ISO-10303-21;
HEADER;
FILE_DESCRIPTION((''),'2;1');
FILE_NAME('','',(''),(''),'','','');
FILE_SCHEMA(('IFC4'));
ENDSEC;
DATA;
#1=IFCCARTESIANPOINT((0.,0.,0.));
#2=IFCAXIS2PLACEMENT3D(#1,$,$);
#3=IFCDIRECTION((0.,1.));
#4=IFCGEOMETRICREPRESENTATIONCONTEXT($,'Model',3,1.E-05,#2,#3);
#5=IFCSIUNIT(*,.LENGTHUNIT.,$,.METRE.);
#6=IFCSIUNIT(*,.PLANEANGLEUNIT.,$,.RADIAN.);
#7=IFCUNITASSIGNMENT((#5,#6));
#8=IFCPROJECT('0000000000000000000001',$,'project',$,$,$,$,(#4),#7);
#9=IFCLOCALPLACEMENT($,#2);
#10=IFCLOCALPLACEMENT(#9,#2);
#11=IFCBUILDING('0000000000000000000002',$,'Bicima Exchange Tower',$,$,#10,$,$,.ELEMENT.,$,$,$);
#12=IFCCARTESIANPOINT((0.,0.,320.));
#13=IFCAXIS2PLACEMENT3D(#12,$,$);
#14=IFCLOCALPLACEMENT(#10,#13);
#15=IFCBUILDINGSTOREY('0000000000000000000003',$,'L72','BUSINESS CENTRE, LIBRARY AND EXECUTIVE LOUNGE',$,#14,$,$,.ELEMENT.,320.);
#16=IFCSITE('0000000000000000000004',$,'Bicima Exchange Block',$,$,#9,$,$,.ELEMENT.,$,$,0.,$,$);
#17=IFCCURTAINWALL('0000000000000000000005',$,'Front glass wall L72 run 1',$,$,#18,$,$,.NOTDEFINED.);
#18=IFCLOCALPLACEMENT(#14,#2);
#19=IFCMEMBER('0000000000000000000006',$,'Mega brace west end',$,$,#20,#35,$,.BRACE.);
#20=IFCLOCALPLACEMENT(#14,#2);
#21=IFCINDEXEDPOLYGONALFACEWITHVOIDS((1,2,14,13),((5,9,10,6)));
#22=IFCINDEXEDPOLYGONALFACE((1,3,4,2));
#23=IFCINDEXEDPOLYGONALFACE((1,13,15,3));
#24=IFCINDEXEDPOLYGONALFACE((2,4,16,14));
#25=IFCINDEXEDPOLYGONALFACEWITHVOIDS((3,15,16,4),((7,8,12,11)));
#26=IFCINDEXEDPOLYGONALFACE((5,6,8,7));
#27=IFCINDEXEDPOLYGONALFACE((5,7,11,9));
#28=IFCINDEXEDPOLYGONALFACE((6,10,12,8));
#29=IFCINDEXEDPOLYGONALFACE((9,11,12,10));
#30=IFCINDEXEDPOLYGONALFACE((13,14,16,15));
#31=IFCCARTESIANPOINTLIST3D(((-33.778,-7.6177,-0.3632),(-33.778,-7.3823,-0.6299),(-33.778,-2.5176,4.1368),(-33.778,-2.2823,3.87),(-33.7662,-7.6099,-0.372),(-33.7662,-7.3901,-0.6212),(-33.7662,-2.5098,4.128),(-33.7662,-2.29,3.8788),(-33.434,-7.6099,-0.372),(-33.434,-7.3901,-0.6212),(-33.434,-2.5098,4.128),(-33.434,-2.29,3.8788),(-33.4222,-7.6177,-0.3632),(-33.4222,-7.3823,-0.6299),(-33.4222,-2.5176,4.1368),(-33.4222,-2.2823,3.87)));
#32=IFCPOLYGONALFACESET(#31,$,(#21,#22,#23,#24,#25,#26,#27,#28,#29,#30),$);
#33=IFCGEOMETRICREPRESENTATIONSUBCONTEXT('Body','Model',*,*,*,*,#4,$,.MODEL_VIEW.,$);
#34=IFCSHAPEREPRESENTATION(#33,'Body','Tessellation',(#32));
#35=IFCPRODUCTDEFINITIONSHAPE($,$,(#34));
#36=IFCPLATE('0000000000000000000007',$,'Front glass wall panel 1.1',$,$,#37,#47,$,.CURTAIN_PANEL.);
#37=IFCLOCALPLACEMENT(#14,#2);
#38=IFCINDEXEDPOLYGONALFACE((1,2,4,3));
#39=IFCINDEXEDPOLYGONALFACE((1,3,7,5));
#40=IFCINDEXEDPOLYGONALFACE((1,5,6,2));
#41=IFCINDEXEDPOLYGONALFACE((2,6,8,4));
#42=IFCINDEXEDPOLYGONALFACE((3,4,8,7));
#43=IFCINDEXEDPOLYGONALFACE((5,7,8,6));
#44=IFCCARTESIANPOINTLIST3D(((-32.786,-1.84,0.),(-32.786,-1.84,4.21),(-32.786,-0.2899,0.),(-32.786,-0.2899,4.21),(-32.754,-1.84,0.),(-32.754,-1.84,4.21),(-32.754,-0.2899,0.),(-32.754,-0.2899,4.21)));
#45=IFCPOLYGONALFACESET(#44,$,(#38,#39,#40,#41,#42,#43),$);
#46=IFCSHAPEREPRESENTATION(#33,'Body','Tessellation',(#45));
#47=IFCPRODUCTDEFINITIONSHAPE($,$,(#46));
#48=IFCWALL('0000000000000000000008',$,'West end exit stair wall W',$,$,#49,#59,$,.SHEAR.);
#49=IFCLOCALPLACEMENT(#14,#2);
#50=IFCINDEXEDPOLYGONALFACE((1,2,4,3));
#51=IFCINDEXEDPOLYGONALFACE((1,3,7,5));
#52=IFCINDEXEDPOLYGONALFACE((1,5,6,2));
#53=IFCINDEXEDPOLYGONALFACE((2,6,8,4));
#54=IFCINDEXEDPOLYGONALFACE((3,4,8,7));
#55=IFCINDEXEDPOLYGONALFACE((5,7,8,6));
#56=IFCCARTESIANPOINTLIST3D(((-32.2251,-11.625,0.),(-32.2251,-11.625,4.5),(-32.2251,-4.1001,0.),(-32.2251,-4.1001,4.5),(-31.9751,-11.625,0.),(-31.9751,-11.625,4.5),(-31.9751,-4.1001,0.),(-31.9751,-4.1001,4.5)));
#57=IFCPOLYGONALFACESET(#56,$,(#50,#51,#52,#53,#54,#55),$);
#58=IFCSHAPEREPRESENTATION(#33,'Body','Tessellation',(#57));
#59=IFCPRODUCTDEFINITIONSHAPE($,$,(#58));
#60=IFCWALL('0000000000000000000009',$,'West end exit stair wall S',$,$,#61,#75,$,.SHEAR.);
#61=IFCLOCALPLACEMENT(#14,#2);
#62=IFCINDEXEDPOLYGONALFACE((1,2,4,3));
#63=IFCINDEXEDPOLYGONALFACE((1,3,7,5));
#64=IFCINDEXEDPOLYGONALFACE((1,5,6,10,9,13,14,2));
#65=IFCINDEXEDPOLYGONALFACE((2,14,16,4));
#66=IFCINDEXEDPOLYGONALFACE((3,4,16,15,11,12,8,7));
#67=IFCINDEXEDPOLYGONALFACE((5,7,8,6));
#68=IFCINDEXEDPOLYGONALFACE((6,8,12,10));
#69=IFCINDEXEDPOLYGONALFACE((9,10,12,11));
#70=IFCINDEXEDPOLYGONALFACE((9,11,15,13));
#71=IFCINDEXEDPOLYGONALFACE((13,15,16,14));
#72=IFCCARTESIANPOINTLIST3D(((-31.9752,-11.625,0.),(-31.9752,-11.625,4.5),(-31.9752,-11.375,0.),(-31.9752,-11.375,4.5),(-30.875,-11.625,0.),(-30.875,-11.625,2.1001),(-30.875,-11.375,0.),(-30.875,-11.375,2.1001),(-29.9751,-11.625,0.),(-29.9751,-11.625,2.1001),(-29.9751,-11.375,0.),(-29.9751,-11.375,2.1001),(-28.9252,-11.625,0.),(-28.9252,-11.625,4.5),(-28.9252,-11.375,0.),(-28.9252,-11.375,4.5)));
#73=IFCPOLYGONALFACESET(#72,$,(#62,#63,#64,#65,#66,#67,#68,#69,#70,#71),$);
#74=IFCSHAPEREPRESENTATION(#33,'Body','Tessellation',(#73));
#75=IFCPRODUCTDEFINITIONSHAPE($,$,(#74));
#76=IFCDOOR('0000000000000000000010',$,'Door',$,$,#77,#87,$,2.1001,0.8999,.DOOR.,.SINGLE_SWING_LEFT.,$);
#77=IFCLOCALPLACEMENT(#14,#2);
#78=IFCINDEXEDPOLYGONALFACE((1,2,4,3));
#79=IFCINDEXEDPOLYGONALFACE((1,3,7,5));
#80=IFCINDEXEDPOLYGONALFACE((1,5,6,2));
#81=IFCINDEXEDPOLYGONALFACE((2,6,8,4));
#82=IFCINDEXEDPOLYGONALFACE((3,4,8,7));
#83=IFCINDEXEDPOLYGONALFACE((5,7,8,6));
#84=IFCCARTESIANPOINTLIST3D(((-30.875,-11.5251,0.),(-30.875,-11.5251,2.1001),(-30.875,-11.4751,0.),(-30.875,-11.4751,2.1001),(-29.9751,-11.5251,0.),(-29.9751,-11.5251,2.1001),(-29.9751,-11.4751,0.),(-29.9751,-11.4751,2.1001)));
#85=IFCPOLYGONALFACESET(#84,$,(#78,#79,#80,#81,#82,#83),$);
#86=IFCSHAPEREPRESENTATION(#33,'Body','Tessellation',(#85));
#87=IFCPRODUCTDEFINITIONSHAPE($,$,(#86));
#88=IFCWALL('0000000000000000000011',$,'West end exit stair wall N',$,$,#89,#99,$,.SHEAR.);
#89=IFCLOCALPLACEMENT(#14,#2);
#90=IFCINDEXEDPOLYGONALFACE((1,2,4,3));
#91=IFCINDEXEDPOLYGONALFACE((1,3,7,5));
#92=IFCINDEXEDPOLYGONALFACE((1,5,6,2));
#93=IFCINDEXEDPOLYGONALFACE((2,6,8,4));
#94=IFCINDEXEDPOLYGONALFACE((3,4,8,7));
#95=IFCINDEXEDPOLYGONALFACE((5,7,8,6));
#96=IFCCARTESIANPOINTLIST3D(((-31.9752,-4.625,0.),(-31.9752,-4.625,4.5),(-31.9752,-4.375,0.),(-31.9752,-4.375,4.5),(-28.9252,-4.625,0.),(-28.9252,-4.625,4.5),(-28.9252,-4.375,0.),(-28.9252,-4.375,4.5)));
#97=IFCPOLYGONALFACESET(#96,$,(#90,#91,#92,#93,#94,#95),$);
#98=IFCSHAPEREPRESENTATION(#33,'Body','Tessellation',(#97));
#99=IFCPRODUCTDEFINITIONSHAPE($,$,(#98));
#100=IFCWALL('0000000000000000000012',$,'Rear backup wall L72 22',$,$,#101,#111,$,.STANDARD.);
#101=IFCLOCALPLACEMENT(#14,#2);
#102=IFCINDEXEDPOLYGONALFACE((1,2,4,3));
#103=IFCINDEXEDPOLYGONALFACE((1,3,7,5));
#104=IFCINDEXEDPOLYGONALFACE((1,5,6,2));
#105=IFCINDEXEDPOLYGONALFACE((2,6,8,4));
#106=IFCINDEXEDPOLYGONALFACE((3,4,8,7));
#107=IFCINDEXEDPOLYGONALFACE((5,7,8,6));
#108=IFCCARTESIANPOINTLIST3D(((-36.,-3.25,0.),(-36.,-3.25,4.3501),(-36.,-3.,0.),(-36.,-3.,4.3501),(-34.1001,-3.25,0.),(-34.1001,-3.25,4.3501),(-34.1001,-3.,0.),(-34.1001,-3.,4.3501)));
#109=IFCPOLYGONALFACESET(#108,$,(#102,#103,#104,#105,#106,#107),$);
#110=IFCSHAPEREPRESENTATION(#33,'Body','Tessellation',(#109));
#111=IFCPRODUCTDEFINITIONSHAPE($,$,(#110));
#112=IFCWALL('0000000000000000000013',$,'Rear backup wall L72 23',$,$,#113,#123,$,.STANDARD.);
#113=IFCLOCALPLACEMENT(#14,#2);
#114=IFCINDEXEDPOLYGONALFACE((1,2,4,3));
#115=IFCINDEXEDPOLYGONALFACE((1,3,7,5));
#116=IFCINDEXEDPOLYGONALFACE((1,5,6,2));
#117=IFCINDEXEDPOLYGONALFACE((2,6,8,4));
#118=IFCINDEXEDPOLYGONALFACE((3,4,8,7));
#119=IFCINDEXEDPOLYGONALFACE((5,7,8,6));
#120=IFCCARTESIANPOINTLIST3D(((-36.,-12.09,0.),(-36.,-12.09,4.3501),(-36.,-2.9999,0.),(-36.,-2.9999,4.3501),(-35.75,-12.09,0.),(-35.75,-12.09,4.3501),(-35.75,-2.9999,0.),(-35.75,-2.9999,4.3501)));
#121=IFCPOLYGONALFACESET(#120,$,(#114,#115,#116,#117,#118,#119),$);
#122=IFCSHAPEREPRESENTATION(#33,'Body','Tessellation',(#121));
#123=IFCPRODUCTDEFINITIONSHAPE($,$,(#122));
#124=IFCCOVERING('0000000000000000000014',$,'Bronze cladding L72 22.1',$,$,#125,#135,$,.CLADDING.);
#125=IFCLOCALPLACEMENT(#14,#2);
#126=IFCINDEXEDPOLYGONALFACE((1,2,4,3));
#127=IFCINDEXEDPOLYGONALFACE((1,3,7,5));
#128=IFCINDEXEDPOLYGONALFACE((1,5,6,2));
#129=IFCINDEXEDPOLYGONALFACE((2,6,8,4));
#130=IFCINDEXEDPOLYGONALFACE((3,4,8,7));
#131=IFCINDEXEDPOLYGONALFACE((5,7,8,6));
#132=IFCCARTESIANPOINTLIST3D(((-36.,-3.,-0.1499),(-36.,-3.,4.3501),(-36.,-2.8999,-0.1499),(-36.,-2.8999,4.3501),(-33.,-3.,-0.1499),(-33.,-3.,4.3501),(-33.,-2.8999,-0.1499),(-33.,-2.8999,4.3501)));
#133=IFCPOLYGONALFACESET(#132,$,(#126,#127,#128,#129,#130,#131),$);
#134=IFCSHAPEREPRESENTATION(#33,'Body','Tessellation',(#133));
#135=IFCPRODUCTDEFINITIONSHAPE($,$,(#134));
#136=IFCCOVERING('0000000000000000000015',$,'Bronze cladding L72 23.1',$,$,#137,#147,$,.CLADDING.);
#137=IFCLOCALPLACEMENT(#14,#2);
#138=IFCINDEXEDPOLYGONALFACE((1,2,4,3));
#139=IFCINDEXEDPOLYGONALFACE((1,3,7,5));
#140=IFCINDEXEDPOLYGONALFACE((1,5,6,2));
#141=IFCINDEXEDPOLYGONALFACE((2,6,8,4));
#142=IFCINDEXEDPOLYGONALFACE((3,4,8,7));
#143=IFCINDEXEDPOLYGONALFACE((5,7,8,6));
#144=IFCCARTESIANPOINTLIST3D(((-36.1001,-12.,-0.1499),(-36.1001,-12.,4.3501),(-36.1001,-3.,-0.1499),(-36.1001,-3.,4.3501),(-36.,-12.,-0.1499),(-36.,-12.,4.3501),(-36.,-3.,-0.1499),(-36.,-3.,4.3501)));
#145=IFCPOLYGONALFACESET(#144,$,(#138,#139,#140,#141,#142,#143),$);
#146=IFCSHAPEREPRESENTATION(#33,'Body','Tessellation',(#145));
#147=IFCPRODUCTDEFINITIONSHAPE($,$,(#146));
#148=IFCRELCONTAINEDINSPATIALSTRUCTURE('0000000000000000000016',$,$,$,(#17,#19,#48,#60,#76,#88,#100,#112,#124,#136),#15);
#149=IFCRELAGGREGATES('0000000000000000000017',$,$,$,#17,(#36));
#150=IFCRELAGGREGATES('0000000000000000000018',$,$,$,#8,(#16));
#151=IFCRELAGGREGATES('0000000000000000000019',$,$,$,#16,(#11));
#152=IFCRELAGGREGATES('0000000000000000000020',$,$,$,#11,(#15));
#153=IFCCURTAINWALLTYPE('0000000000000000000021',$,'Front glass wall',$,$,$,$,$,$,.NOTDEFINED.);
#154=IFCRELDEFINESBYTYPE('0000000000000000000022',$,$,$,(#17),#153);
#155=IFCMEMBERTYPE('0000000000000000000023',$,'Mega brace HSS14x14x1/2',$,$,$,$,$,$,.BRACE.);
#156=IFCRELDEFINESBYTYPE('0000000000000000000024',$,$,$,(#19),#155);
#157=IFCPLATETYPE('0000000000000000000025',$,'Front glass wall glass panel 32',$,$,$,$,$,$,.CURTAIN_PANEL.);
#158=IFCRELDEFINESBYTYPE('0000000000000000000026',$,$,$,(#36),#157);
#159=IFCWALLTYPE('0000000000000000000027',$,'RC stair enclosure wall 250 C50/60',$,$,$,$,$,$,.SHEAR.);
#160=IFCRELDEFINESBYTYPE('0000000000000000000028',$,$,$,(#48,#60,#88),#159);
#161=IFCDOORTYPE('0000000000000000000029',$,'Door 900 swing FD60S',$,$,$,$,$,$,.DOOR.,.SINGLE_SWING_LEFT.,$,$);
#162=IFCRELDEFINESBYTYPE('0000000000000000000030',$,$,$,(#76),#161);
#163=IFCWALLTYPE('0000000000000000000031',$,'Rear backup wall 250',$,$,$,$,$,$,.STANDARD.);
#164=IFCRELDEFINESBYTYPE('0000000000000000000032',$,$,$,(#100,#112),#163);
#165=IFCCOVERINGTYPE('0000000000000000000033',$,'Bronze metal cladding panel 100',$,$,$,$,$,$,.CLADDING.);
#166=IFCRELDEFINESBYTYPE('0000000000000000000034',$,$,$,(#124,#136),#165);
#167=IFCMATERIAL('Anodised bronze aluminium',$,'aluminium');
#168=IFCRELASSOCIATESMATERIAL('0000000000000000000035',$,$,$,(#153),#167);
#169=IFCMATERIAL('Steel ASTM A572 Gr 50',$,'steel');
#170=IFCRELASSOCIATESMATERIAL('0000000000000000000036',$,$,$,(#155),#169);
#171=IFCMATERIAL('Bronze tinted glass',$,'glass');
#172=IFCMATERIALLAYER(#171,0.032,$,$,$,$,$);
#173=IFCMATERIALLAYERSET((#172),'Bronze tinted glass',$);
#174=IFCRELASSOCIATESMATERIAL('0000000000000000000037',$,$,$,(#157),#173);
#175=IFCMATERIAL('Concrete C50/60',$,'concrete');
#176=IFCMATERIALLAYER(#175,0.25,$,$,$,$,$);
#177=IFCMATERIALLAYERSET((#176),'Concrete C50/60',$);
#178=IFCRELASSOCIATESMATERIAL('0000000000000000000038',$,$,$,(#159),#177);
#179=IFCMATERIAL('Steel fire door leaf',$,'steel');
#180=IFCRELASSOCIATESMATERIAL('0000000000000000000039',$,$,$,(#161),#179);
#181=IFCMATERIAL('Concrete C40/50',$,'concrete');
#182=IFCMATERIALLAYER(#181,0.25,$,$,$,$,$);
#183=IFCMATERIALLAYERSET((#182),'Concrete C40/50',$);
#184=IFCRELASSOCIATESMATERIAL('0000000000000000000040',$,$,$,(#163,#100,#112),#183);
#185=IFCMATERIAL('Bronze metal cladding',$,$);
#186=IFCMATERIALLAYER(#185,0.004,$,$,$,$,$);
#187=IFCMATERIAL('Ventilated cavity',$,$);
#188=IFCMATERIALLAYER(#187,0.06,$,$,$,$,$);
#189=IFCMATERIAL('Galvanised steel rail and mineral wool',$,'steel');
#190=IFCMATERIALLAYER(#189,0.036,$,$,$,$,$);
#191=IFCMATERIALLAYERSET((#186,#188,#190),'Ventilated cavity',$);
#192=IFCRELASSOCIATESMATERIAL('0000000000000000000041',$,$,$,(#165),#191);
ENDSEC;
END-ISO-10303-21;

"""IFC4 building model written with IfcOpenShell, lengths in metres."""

from ifc_helpers import new_model, si_unit, direction, frame, frame_2d, origin, origin_2d, place, context, subcontext, project, spatial, rectangle, hollow_rectangle, extrude, material, layer, layer_set, layer_usage, material_profile, profile_set, type_object, element, fill, aggregate, save


model = new_model("IFC4")

# Units and contexts
model_context = context("Model", 3, precision=1e-05, world=origin(), true_north=direction((0.0, 1.0)))
body_context = subcontext(model_context, "Body", "Model", "MODEL_VIEW")
ifc_project = project(units=[si_unit("LENGTHUNIT", "METRE"), si_unit("PLANEANGLEUNIT", "RADIAN")], contexts=[model_context])

# Site, building, storey
site_placement = place(None, origin())
site = spatial("IfcSite", under=ifc_project, at=site_placement, Name="Bicima Exchange Block", CompositionType="ELEMENT", RefElevation=0.0)
building_placement = place(site_placement, origin())
building = spatial("IfcBuilding", under=site, at=building_placement, Name="Bicima Exchange Tower", CompositionType="ELEMENT")
storey_placement = place(building_placement, frame((0.0, 0.0, 320.0)))
storey = spatial("IfcBuildingStorey", under=building, at=storey_placement, Name="L72", Description="BUSINESS CENTRE, LIBRARY AND EXECUTIVE LOUNGE", CompositionType="ELEMENT", Elevation=320.0)

# Shared definitions
ifc_material_1 = material(Name="Steel ASTM A572 Gr 50", Category="steel")

# Shared definitions
ifc_material_2 = material(Name="Anodised bronze aluminium", Category="aluminium")

# Curtain wall
curtain_wall_type_1 = type_object("IfcCurtainWallType", Name="Front glass wall", PredefinedType="NOTDEFINED", material=ifc_material_2)
curtain_wall_1_placement = place(storey_placement, origin())
curtain_wall_1 = element("IfcCurtainWall", 1, at=curtain_wall_1_placement, inside=storey, type_object=curtain_wall_type_1, Name="Front glass wall L72 run 1", PredefinedType="NOTDEFINED")

# Member
ifc_material_profile_1 = material_profile(ifc_material_1, hollow_rectangle(XDim=0.3557, YDim=0.3557, WallThickness=0.0117, at=origin_2d()))
ifc_profile_set_1 = profile_set([ifc_material_profile_1], Name="Steel ASTM A572 Gr 50")
member_type_1 = type_object("IfcMemberType", Name="Mega brace HSS14x14x1/2", PredefinedType="BRACE", material=ifc_profile_set_1)
for number, where, z_axis, x_axis, name in (
    (2, (-33.6001, -7.5, -0.4966), (0.0, 0.749844, 0.661615), (-1.0, 0.0, 0.0), "Mega brace west end"),
):
    element("IfcMember", number, at=place(storey_placement, frame(where, z_axis=z_axis, x_axis=x_axis)), inside=storey, type_object=member_type_1, Name=name, PredefinedType="BRACE", context=body_context, shape_type="SweptSolid", body=[
        extrude(hollow_rectangle(XDim=0.3557, YDim=0.3557, WallThickness=0.0117, at=origin_2d()), origin(), (0.0, 0.0, 1.0), 6.8015),
    ])

# Plate
ifc_material_3 = material(Name="Bronze tinted glass", Category="glass")
ifc_layer_1 = layer(ifc_material_3, 0.032)
ifc_layer_set_1 = layer_set([ifc_layer_1], Name="Bronze tinted glass")
plate_type = type_object("IfcPlateType", Name="Front glass wall glass panel 32", PredefinedType="CURTAIN_PANEL", material=ifc_layer_set_1)
plate_placement = place(storey_placement, frame((-32.77, -1.0649, 0.0), z_axis=(0.0, 0.0, 1.0), x_axis=(0.0, -1.0, 0.0)))
plate = element("IfcPlate", 3, at=plate_placement, type_object=plate_type, Name="Front glass wall panel 1.1", PredefinedType="CURTAIN_PANEL", context=body_context, shape_type="SweptSolid", body=[
    extrude(rectangle(XDim=1.55, YDim=0.032, at=origin_2d()), origin(), (0.0, 0.0, 1.0), 4.21),
])
aggregate(curtain_wall_1, [plate])

# Wall
ifc_material_4 = material(Name="Concrete C50/60", Category="concrete")
ifc_layer_2 = layer(ifc_material_4, 0.25)
ifc_layer_set_2 = layer_set([ifc_layer_2], Name="Concrete C50/60")
wall_type_1 = type_object("IfcWallType", Name="RC stair enclosure wall 250 C50/60", PredefinedType="SHEAR", material=ifc_layer_set_2)
wall_1_placement = place(storey_placement, frame((-32.1001, -11.625, 0.0), z_axis=(0.0, 0.0, 1.0), x_axis=(0.0, 1.0, 0.0)))
element("IfcWall", 4, at=wall_1_placement, inside=storey, type_object=wall_type_1, Name="West end exit stair wall W", PredefinedType="SHEAR", context=body_context, shape_type="SweptSolid", body=[
    extrude(rectangle(XDim=7.5249, YDim=0.25, at=frame_2d((3.7625, 0.0))), origin(), (0.0, 0.0, 1.0), 4.5),
])

# Wall, opening, door
wall_2_placement = place(storey_placement, frame((-31.9751, -11.5, 0.0), z_axis=(0.0, 0.0, 1.0), x_axis=(1.0, 0.0, 0.0)))
wall_2 = element("IfcWall", 5, at=wall_2_placement, inside=storey, type_object=wall_type_1, Name="West end exit stair wall S", PredefinedType="SHEAR", context=body_context, shape_type="SweptSolid", body=[
    extrude(rectangle(XDim=3.05, YDim=0.25, at=frame_2d((1.5249, 0.0))), origin(), (0.0, 0.0, 1.0), 4.5),
])
opening_placement = place(wall_2_placement, frame((1.1001, 0.0, 0.0)))
opening = element("IfcOpeningElement", 6, at=opening_placement, cuts=wall_2, PredefinedType="OPENING", context=body_context, shape_type="SweptSolid", body=[
    extrude(rectangle(XDim=0.8999, YDim=2.1001, at=frame_2d((0.45, 1.05))), frame((0.0, 0.137, 0.0), z_axis=(0.0, -1.0, 0.0), x_axis=(1.0, 0.0, 0.0)), (0.0, 0.0, 1.0), 0.2739),
])
ifc_material_5 = material(Name="Steel fire door leaf", Category="steel")
door_type = type_object("IfcDoorType", Name="Door 900 swing FD60S", OperationType="SINGLE_SWING_LEFT", PredefinedType="DOOR", material=ifc_material_5)
door_placement = place(opening_placement, origin())
door = element("IfcDoor", 7, at=door_placement, inside=storey, type_object=door_type, Name="Door", OperationType="SINGLE_SWING_LEFT", OverallHeight=2.1001, OverallWidth=0.8999, PredefinedType="DOOR", context=body_context, shape_type="SweptSolid", body=[
    extrude(rectangle(XDim=0.8999, YDim=2.1001, at=frame_2d((0.45, 1.05))), frame((0.0, 0.0249, 0.0), z_axis=(0.0, -1.0, 0.0), x_axis=(1.0, 0.0, 0.0)), (0.0, 0.0, 1.0), 0.05),
])
fill(opening, door)

# Walls
wall_3_placement = place(storey_placement, frame((-31.9751, -4.5, 0.0), z_axis=(0.0, 0.0, 1.0), x_axis=(1.0, 0.0, 0.0)))
element("IfcWall", 8, at=wall_3_placement, inside=storey, type_object=wall_type_1, Name="West end exit stair wall N", PredefinedType="SHEAR", context=body_context, shape_type="SweptSolid", body=[
    extrude(rectangle(XDim=3.05, YDim=0.25, at=frame_2d((1.5249, 0.0))), origin(), (0.0, 0.0, 1.0), 4.5),
])
ifc_material_6 = material(Name="Concrete C40/50", Category="concrete")
ifc_layer_3 = layer(ifc_material_6, 0.25)
ifc_layer_set_3 = layer_set([ifc_layer_3], Name="Concrete C40/50")
ifc_layer_usage = layer_usage(ifc_layer_set_3, "AXIS2", "POSITIVE", -0.125)
wall_type_2 = type_object("IfcWallType", Name="Rear backup wall 250", PredefinedType="STANDARD", material=ifc_layer_set_3)
wall_4_placement = place(storey_placement, frame((-34.1001, -3.125, 0.0), z_axis=(0.0, 0.0, 1.0), x_axis=(-1.0, 0.0, 0.0)))
element("IfcWall", 9, at=wall_4_placement, inside=storey, type_object=wall_type_2, material=ifc_layer_usage, Name="Rear backup wall L72 22", PredefinedType="STANDARD", context=body_context, shape_type="SweptSolid", body=[
    extrude(rectangle(XDim=1.8999, YDim=0.25, at=frame_2d((0.95, 0.0))), origin(), (0.0, 0.0, 1.0), 4.3501),
])
wall_5_placement = place(storey_placement, frame((-35.875, -3.0, 0.0), z_axis=(0.0, 0.0, 1.0), x_axis=(0.0, -1.0, 0.0)))
element("IfcWall", 10, at=wall_5_placement, inside=storey, type_object=wall_type_2, material=ifc_layer_usage, Name="Rear backup wall L72 23", PredefinedType="STANDARD", context=body_context, shape_type="SweptSolid", body=[
    extrude(rectangle(XDim=9.0901, YDim=0.25, at=frame_2d((4.5449, 0.0))), origin(), (0.0, 0.0, 1.0), 4.3501),
])

# Coverings
ifc_material_7 = material(Name="Bronze metal cladding")
ifc_layer_4 = layer(ifc_material_7, 0.004)
ifc_material_8 = material(Name="Ventilated cavity")
ifc_layer_5 = layer(ifc_material_8, 0.06)
ifc_material_9 = material(Name="Galvanised steel rail and mineral wool", Category="steel")
ifc_layer_6 = layer(ifc_material_9, 0.036)
ifc_layer_set_4 = layer_set([ifc_layer_4, ifc_layer_5, ifc_layer_6], Name="Ventilated cavity")
covering_type = type_object("IfcCoveringType", Name="Bronze metal cladding panel 100", PredefinedType="CLADDING", material=ifc_layer_set_4)
covering_1_placement = place(storey_placement, frame((-34.5, -2.95, -0.1499), z_axis=(0.0, 0.0, 1.0), x_axis=(-1.0, 0.0, 0.0)))
element("IfcCovering", 11, at=covering_1_placement, inside=storey, type_object=covering_type, Name="Bronze cladding L72 22.1", PredefinedType="CLADDING", context=body_context, shape_type="SweptSolid", body=[
    extrude(rectangle(XDim=3.0, YDim=0.1001, at=origin_2d()), origin(), (0.0, 0.0, 1.0), 4.5),
])
covering_2_placement = place(storey_placement, frame((-36.05, -7.5, -0.1499), z_axis=(0.0, 0.0, 1.0), x_axis=(0.0, -1.0, 0.0)))
element("IfcCovering", 12, at=covering_2_placement, inside=storey, type_object=covering_type, Name="Bronze cladding L72 23.1", PredefinedType="CLADDING", context=body_context, shape_type="SweptSolid", body=[
    extrude(rectangle(XDim=9.0, YDim=0.1001, at=origin_2d()), origin(), (0.0, 0.0, 1.0), 4.5),
])

save(model, "model.ifc")
